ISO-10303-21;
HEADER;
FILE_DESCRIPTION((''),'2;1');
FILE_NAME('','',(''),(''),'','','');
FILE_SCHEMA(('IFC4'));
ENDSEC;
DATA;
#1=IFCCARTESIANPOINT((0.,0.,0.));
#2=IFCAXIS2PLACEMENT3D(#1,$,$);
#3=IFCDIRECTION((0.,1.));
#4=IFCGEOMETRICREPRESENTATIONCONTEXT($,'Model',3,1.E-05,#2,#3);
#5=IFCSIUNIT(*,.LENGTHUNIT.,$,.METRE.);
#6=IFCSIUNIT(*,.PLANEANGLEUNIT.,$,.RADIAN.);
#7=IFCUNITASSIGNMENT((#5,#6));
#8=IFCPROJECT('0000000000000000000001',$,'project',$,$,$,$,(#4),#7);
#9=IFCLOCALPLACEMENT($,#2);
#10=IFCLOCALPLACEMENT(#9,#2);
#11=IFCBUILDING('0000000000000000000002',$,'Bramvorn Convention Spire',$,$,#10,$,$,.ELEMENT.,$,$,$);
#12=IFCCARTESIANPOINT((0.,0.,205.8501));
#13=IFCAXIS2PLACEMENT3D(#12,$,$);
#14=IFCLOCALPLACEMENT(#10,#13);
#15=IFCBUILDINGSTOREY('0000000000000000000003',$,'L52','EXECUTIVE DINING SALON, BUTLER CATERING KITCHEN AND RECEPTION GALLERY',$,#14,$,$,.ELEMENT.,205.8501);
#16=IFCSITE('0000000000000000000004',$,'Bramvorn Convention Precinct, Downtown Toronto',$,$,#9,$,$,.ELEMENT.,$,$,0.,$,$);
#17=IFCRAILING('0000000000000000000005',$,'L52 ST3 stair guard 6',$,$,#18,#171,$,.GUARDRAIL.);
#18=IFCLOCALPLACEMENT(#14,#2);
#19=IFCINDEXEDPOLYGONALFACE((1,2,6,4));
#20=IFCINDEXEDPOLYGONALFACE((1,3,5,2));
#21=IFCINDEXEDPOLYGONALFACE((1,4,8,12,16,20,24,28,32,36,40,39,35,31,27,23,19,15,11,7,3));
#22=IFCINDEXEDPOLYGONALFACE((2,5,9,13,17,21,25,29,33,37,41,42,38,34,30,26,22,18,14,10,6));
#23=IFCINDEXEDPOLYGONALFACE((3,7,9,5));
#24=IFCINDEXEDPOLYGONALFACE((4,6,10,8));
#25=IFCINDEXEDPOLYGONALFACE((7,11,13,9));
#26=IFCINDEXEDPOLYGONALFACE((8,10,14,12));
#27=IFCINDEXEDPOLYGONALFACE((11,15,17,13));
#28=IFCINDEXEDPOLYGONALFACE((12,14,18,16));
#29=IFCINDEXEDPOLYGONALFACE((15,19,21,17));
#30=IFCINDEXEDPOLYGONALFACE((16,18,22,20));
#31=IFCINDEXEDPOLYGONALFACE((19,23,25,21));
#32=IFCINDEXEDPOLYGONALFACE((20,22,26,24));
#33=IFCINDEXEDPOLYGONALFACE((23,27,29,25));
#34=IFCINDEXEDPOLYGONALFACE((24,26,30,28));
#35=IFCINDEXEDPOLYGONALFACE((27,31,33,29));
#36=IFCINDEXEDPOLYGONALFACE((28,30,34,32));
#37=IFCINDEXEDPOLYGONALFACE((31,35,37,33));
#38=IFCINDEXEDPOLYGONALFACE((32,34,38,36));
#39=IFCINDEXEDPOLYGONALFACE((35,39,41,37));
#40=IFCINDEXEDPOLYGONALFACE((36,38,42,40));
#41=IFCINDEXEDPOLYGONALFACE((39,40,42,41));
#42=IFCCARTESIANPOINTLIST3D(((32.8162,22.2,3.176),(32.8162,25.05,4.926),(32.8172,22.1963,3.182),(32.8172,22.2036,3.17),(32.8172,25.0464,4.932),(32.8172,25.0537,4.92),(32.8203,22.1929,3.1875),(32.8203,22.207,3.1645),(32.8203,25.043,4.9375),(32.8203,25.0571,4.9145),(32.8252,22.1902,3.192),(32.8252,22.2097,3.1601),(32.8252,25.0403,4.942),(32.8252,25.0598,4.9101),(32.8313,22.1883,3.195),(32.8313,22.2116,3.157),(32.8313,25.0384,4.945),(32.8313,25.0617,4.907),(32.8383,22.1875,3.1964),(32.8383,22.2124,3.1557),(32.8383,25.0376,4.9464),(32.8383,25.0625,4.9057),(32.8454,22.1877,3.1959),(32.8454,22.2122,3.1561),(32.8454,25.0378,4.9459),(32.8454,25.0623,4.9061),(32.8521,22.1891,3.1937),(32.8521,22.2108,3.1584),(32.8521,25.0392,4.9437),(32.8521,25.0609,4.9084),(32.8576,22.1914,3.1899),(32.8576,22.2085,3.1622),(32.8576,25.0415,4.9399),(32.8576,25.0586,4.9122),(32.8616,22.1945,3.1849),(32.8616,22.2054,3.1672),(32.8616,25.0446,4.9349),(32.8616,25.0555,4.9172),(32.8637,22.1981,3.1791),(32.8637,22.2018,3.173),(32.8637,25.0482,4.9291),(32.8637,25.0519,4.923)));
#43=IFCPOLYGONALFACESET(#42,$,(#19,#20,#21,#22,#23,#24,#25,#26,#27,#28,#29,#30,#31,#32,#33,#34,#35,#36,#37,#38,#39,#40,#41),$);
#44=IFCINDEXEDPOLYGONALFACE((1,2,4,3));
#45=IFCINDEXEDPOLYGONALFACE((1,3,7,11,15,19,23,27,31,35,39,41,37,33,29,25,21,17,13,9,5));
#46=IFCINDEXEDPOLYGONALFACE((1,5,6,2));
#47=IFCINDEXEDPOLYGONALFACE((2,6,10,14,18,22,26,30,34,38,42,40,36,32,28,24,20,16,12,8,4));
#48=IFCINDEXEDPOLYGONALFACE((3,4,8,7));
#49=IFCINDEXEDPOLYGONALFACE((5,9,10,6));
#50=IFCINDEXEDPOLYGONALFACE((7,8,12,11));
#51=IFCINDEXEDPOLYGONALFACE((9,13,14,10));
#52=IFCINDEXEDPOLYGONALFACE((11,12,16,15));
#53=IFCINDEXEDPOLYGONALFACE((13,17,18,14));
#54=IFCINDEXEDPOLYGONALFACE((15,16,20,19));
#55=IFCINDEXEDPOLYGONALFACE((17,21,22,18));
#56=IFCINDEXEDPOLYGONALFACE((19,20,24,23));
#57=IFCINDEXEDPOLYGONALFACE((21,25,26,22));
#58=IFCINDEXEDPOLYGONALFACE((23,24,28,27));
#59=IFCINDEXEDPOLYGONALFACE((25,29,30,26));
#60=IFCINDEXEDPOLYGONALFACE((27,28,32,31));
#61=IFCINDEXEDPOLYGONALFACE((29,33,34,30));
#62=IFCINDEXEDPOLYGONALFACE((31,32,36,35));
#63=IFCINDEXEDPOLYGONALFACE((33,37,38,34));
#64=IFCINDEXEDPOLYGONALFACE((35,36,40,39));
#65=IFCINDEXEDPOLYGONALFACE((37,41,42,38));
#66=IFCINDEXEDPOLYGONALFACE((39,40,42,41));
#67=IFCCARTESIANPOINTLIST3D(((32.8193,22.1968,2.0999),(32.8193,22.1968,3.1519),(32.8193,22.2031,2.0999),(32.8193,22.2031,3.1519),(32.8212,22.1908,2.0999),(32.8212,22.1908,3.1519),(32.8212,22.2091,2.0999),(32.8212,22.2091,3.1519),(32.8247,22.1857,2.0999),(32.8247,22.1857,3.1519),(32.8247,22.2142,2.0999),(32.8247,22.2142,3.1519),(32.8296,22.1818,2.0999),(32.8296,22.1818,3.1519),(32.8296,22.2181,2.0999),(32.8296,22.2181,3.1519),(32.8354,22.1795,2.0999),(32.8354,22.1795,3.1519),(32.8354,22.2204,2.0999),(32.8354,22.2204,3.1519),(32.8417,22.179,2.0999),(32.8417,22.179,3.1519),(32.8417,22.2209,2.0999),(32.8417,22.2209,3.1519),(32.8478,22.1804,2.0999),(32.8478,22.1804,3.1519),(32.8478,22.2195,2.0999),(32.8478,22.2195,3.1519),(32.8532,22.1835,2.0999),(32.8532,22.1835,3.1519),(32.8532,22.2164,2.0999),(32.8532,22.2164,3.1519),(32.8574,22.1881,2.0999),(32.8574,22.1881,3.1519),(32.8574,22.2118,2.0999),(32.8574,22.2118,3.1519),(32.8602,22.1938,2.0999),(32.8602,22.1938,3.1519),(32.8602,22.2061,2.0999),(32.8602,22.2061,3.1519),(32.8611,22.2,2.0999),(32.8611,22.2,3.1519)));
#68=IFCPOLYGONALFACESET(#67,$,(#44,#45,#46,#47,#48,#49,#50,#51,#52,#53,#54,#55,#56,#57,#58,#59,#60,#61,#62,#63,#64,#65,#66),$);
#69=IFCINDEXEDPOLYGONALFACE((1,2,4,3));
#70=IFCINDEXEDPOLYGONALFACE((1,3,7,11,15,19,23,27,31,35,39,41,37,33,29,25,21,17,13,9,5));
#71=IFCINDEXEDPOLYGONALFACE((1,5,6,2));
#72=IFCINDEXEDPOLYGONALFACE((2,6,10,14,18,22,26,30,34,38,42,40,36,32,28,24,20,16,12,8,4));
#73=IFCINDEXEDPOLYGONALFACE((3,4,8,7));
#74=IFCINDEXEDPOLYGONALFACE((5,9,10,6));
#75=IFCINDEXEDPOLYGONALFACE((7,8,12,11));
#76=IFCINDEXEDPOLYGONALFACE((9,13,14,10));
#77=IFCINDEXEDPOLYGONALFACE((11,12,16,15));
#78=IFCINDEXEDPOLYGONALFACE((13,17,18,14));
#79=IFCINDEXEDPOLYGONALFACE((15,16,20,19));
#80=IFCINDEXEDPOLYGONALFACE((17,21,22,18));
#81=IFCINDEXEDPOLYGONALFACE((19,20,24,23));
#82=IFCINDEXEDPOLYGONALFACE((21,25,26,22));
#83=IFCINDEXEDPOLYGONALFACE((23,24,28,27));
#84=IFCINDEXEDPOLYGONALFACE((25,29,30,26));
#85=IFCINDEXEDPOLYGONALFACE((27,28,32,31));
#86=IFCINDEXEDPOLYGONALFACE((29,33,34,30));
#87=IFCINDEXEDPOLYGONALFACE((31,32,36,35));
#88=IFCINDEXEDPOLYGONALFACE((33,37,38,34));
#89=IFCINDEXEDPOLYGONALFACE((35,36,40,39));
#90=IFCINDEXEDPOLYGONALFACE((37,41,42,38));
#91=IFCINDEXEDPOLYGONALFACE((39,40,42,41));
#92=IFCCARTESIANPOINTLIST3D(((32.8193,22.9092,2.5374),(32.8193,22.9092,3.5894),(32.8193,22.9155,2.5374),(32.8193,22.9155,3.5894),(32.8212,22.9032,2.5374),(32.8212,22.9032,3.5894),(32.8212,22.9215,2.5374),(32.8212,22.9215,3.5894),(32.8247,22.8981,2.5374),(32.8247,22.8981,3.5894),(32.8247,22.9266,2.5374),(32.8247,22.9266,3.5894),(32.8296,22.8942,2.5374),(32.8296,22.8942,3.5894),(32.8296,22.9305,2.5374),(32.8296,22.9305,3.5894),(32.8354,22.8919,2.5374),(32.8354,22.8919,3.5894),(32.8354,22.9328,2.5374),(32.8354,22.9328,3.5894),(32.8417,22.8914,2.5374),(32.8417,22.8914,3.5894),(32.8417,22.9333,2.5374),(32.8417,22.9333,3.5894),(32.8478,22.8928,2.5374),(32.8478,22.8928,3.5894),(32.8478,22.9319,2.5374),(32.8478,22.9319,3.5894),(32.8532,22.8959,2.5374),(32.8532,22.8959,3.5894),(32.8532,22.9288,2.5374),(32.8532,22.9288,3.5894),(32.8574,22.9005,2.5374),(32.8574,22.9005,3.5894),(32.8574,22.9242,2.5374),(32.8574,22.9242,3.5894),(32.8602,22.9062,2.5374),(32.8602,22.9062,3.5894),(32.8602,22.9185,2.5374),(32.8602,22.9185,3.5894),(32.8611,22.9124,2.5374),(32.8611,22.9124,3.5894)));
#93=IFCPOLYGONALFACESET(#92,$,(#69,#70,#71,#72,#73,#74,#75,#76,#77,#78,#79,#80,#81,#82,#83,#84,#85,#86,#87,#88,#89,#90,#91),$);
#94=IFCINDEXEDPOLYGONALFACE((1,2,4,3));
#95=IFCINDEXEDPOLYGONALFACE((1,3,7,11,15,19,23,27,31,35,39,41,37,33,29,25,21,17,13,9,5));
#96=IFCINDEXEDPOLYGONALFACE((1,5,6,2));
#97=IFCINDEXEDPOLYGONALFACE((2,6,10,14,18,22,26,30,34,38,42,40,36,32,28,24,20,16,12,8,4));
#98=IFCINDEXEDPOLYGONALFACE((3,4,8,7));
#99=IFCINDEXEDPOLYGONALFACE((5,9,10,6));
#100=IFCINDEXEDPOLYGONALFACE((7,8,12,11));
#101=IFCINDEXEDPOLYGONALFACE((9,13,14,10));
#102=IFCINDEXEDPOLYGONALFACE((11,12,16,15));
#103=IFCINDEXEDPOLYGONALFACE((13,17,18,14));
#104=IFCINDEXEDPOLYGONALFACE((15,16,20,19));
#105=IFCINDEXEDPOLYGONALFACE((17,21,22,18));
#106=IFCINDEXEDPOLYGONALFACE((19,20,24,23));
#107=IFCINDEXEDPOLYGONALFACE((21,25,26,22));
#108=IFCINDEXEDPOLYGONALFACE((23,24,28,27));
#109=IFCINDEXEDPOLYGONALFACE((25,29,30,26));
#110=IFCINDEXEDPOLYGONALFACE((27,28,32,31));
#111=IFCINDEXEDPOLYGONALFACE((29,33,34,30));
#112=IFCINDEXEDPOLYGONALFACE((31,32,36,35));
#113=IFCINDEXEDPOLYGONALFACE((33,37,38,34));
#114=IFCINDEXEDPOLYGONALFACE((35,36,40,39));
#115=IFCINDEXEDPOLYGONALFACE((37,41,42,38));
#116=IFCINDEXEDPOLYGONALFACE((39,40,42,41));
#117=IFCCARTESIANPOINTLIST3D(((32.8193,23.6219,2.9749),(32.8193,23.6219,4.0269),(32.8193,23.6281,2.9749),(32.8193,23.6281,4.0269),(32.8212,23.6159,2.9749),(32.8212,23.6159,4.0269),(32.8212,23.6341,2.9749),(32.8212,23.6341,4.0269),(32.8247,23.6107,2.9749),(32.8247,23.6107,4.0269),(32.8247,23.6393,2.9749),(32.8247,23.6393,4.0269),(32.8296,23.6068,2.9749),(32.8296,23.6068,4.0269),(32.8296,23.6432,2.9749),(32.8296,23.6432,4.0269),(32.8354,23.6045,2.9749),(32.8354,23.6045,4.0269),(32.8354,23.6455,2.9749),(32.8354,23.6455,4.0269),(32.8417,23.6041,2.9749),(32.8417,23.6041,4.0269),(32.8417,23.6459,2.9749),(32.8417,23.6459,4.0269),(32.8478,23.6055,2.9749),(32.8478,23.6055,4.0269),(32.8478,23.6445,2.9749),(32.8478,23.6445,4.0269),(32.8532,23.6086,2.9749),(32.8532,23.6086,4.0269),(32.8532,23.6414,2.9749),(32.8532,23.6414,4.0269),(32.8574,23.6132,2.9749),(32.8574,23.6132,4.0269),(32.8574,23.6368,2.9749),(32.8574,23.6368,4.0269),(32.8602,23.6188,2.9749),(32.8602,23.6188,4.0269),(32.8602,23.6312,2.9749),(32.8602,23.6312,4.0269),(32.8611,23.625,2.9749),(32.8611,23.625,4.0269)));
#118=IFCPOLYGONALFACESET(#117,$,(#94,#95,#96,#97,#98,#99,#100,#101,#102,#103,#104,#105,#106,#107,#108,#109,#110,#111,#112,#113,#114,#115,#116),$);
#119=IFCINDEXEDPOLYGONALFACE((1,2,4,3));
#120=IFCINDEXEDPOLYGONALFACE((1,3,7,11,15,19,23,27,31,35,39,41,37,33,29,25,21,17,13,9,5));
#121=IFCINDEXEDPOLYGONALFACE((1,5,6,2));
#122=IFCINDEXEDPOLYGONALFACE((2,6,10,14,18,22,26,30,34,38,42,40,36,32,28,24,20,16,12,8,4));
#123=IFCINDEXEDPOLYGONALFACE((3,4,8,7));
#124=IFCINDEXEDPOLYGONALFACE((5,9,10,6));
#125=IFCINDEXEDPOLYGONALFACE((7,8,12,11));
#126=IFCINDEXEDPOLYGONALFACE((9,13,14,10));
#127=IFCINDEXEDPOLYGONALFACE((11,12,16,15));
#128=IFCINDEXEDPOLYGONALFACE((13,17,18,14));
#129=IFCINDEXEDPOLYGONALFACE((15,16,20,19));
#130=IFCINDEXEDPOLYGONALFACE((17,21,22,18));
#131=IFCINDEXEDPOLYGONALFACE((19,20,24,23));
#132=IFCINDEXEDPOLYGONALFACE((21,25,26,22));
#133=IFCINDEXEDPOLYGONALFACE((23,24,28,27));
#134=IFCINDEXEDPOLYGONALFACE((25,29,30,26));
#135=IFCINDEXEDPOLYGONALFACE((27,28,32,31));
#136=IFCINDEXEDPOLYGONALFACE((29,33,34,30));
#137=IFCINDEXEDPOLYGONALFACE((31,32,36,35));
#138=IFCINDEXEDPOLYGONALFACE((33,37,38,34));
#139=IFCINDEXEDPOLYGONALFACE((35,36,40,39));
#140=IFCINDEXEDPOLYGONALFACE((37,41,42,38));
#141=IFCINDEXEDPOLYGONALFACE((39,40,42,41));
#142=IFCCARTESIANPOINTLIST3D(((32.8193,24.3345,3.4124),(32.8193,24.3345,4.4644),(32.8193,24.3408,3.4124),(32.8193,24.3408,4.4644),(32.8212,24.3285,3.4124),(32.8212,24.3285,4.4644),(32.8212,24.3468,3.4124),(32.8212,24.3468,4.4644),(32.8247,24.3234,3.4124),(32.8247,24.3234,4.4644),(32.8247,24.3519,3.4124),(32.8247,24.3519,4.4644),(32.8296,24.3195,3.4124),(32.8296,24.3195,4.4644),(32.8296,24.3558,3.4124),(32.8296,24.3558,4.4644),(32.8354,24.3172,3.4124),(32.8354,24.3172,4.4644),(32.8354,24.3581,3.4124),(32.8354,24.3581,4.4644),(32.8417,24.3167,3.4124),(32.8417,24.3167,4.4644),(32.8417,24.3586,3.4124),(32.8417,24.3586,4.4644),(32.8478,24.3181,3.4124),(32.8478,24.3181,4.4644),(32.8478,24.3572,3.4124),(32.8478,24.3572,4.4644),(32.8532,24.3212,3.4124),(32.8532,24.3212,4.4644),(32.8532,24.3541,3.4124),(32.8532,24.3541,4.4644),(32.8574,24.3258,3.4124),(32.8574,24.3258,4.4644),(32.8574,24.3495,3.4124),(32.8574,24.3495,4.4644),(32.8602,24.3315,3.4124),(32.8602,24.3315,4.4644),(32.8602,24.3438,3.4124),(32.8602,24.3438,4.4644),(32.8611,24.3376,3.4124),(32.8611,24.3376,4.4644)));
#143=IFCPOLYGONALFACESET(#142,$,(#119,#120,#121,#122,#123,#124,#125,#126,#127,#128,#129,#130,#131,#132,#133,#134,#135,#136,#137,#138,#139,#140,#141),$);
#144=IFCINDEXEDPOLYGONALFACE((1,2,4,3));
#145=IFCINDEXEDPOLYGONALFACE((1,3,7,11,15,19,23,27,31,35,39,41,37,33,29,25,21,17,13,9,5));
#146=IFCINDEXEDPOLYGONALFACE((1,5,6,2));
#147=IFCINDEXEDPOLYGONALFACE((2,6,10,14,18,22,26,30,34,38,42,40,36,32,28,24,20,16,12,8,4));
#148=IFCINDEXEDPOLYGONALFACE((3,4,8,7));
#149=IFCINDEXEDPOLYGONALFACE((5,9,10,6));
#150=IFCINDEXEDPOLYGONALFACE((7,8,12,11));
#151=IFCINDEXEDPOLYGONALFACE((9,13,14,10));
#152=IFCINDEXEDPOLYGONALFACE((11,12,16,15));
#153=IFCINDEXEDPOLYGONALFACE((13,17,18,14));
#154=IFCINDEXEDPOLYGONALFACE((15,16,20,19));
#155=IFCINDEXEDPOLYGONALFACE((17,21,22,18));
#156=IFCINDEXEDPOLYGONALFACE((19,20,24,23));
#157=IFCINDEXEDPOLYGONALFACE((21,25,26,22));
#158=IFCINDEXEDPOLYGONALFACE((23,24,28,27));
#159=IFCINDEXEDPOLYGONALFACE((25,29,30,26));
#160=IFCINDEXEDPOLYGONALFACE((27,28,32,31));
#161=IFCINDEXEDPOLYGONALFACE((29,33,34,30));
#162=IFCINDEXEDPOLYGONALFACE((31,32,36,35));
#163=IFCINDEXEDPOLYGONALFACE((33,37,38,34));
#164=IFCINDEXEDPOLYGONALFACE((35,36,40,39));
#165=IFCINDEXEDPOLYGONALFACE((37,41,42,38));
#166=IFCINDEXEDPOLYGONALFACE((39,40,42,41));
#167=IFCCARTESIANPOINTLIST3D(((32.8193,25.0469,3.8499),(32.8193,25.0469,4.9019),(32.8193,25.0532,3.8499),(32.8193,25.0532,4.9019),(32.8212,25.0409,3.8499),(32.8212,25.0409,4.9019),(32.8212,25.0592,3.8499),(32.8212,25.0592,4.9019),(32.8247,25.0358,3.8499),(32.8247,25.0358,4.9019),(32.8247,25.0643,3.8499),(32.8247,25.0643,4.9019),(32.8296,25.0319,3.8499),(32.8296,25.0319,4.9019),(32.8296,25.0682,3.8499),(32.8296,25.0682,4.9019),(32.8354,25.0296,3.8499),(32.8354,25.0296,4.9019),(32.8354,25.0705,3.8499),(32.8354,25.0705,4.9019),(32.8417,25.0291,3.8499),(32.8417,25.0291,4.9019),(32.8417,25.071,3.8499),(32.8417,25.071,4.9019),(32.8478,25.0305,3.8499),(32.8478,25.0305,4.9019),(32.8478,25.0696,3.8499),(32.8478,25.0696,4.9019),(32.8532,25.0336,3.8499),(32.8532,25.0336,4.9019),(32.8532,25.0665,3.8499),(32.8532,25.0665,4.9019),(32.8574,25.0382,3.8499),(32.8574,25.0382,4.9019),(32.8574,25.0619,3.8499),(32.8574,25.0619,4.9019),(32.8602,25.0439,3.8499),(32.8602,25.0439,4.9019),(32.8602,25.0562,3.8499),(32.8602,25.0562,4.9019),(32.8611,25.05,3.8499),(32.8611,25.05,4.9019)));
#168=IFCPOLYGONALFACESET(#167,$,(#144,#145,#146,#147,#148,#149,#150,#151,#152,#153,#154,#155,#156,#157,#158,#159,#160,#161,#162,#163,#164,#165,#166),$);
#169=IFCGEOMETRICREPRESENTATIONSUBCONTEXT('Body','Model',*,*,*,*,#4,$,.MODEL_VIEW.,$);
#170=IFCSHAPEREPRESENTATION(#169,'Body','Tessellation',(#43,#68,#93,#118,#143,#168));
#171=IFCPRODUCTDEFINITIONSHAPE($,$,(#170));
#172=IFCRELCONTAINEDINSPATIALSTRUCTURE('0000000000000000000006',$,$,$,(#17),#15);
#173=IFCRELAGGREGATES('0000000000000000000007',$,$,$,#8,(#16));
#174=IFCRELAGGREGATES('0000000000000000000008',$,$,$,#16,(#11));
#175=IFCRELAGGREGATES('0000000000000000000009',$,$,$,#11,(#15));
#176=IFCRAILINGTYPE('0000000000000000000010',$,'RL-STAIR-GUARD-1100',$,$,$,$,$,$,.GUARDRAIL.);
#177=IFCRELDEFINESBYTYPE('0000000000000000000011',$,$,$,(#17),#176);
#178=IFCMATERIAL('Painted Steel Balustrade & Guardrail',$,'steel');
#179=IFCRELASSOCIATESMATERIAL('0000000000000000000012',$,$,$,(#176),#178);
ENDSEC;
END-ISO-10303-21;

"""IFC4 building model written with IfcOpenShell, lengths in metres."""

from ifc_helpers import new_model, si_unit, direction, frame, origin, origin_2d, place, context, subcontext, project, spatial, circle, extrude, material, type_object, element, save


model = new_model("IFC4")

# Units and contexts
model_context = context("Model", 3, precision=1e-05, world=origin(), true_north=direction((0.0, 1.0)))
body_context = subcontext(model_context, "Body", "Model", "MODEL_VIEW")
ifc_project = project(units=[si_unit("LENGTHUNIT", "METRE"), si_unit("PLANEANGLEUNIT", "RADIAN")], contexts=[model_context])

# Site, building, storey
site_placement = place(None, origin())
site = spatial("IfcSite", under=ifc_project, at=site_placement, Name="Bramvorn Convention Precinct, Downtown Toronto", CompositionType="ELEMENT", RefElevation=0.0)
building_placement = place(site_placement, origin())
building = spatial("IfcBuilding", under=site, at=building_placement, Name="Bramvorn Convention Spire", CompositionType="ELEMENT")
storey_placement = place(building_placement, frame((0.0, 0.0, 205.8501)))
storey = spatial("IfcBuildingStorey", under=building, at=storey_placement, Name="L52", Description="EXECUTIVE DINING SALON, BUTLER CATERING KITCHEN AND RECEPTION GALLERY", CompositionType="ELEMENT", Elevation=205.8501)

# Railing
ifc_material_1 = material(Name="Painted Steel Balustrade & Guardrail", Category="steel")
railing_type_1 = type_object("IfcRailingType", Name="RL-STAIR-GUARD-1100", PredefinedType="GUARDRAIL", material=ifc_material_1)
railing_1_placement = place(storey_placement, frame((32.8401, 22.2, 2.0999)))
element("IfcRailing", 1, at=railing_1_placement, inside=storey, type_object=railing_type_1, Name="L52 ST3 stair guard 6", PredefinedType="GUARDRAIL", context=body_context, shape_type="SweptSolid", body=[
    extrude(circle(Radius=0.0239, at=origin_2d()), frame((0.0, 0.0, 1.0762), z_axis=(0.0, 0.852179, 0.52325), x_axis=(-1.0, 0.0, 0.0)), (0.0, 0.0, 1.0), 3.3445),
    extrude(circle(Radius=0.021, at=origin_2d()), origin(), (0.0, 0.0, 1.0), 1.052),
    extrude(circle(Radius=0.021, at=origin_2d()), frame((0.0, 0.7124, 0.4375)), (0.0, 0.0, 1.0), 1.052),
    extrude(circle(Radius=0.021, at=origin_2d()), frame((0.0, 1.425, 0.875)), (0.0, 0.0, 1.0), 1.052),
    extrude(circle(Radius=0.021, at=origin_2d()), frame((0.0, 2.1377, 1.3125)), (0.0, 0.0, 1.0), 1.052),
    extrude(circle(Radius=0.021, at=origin_2d()), frame((0.0, 2.8501, 1.75)), (0.0, 0.0, 1.0), 1.052),
])

save(model, "model.ifc")
